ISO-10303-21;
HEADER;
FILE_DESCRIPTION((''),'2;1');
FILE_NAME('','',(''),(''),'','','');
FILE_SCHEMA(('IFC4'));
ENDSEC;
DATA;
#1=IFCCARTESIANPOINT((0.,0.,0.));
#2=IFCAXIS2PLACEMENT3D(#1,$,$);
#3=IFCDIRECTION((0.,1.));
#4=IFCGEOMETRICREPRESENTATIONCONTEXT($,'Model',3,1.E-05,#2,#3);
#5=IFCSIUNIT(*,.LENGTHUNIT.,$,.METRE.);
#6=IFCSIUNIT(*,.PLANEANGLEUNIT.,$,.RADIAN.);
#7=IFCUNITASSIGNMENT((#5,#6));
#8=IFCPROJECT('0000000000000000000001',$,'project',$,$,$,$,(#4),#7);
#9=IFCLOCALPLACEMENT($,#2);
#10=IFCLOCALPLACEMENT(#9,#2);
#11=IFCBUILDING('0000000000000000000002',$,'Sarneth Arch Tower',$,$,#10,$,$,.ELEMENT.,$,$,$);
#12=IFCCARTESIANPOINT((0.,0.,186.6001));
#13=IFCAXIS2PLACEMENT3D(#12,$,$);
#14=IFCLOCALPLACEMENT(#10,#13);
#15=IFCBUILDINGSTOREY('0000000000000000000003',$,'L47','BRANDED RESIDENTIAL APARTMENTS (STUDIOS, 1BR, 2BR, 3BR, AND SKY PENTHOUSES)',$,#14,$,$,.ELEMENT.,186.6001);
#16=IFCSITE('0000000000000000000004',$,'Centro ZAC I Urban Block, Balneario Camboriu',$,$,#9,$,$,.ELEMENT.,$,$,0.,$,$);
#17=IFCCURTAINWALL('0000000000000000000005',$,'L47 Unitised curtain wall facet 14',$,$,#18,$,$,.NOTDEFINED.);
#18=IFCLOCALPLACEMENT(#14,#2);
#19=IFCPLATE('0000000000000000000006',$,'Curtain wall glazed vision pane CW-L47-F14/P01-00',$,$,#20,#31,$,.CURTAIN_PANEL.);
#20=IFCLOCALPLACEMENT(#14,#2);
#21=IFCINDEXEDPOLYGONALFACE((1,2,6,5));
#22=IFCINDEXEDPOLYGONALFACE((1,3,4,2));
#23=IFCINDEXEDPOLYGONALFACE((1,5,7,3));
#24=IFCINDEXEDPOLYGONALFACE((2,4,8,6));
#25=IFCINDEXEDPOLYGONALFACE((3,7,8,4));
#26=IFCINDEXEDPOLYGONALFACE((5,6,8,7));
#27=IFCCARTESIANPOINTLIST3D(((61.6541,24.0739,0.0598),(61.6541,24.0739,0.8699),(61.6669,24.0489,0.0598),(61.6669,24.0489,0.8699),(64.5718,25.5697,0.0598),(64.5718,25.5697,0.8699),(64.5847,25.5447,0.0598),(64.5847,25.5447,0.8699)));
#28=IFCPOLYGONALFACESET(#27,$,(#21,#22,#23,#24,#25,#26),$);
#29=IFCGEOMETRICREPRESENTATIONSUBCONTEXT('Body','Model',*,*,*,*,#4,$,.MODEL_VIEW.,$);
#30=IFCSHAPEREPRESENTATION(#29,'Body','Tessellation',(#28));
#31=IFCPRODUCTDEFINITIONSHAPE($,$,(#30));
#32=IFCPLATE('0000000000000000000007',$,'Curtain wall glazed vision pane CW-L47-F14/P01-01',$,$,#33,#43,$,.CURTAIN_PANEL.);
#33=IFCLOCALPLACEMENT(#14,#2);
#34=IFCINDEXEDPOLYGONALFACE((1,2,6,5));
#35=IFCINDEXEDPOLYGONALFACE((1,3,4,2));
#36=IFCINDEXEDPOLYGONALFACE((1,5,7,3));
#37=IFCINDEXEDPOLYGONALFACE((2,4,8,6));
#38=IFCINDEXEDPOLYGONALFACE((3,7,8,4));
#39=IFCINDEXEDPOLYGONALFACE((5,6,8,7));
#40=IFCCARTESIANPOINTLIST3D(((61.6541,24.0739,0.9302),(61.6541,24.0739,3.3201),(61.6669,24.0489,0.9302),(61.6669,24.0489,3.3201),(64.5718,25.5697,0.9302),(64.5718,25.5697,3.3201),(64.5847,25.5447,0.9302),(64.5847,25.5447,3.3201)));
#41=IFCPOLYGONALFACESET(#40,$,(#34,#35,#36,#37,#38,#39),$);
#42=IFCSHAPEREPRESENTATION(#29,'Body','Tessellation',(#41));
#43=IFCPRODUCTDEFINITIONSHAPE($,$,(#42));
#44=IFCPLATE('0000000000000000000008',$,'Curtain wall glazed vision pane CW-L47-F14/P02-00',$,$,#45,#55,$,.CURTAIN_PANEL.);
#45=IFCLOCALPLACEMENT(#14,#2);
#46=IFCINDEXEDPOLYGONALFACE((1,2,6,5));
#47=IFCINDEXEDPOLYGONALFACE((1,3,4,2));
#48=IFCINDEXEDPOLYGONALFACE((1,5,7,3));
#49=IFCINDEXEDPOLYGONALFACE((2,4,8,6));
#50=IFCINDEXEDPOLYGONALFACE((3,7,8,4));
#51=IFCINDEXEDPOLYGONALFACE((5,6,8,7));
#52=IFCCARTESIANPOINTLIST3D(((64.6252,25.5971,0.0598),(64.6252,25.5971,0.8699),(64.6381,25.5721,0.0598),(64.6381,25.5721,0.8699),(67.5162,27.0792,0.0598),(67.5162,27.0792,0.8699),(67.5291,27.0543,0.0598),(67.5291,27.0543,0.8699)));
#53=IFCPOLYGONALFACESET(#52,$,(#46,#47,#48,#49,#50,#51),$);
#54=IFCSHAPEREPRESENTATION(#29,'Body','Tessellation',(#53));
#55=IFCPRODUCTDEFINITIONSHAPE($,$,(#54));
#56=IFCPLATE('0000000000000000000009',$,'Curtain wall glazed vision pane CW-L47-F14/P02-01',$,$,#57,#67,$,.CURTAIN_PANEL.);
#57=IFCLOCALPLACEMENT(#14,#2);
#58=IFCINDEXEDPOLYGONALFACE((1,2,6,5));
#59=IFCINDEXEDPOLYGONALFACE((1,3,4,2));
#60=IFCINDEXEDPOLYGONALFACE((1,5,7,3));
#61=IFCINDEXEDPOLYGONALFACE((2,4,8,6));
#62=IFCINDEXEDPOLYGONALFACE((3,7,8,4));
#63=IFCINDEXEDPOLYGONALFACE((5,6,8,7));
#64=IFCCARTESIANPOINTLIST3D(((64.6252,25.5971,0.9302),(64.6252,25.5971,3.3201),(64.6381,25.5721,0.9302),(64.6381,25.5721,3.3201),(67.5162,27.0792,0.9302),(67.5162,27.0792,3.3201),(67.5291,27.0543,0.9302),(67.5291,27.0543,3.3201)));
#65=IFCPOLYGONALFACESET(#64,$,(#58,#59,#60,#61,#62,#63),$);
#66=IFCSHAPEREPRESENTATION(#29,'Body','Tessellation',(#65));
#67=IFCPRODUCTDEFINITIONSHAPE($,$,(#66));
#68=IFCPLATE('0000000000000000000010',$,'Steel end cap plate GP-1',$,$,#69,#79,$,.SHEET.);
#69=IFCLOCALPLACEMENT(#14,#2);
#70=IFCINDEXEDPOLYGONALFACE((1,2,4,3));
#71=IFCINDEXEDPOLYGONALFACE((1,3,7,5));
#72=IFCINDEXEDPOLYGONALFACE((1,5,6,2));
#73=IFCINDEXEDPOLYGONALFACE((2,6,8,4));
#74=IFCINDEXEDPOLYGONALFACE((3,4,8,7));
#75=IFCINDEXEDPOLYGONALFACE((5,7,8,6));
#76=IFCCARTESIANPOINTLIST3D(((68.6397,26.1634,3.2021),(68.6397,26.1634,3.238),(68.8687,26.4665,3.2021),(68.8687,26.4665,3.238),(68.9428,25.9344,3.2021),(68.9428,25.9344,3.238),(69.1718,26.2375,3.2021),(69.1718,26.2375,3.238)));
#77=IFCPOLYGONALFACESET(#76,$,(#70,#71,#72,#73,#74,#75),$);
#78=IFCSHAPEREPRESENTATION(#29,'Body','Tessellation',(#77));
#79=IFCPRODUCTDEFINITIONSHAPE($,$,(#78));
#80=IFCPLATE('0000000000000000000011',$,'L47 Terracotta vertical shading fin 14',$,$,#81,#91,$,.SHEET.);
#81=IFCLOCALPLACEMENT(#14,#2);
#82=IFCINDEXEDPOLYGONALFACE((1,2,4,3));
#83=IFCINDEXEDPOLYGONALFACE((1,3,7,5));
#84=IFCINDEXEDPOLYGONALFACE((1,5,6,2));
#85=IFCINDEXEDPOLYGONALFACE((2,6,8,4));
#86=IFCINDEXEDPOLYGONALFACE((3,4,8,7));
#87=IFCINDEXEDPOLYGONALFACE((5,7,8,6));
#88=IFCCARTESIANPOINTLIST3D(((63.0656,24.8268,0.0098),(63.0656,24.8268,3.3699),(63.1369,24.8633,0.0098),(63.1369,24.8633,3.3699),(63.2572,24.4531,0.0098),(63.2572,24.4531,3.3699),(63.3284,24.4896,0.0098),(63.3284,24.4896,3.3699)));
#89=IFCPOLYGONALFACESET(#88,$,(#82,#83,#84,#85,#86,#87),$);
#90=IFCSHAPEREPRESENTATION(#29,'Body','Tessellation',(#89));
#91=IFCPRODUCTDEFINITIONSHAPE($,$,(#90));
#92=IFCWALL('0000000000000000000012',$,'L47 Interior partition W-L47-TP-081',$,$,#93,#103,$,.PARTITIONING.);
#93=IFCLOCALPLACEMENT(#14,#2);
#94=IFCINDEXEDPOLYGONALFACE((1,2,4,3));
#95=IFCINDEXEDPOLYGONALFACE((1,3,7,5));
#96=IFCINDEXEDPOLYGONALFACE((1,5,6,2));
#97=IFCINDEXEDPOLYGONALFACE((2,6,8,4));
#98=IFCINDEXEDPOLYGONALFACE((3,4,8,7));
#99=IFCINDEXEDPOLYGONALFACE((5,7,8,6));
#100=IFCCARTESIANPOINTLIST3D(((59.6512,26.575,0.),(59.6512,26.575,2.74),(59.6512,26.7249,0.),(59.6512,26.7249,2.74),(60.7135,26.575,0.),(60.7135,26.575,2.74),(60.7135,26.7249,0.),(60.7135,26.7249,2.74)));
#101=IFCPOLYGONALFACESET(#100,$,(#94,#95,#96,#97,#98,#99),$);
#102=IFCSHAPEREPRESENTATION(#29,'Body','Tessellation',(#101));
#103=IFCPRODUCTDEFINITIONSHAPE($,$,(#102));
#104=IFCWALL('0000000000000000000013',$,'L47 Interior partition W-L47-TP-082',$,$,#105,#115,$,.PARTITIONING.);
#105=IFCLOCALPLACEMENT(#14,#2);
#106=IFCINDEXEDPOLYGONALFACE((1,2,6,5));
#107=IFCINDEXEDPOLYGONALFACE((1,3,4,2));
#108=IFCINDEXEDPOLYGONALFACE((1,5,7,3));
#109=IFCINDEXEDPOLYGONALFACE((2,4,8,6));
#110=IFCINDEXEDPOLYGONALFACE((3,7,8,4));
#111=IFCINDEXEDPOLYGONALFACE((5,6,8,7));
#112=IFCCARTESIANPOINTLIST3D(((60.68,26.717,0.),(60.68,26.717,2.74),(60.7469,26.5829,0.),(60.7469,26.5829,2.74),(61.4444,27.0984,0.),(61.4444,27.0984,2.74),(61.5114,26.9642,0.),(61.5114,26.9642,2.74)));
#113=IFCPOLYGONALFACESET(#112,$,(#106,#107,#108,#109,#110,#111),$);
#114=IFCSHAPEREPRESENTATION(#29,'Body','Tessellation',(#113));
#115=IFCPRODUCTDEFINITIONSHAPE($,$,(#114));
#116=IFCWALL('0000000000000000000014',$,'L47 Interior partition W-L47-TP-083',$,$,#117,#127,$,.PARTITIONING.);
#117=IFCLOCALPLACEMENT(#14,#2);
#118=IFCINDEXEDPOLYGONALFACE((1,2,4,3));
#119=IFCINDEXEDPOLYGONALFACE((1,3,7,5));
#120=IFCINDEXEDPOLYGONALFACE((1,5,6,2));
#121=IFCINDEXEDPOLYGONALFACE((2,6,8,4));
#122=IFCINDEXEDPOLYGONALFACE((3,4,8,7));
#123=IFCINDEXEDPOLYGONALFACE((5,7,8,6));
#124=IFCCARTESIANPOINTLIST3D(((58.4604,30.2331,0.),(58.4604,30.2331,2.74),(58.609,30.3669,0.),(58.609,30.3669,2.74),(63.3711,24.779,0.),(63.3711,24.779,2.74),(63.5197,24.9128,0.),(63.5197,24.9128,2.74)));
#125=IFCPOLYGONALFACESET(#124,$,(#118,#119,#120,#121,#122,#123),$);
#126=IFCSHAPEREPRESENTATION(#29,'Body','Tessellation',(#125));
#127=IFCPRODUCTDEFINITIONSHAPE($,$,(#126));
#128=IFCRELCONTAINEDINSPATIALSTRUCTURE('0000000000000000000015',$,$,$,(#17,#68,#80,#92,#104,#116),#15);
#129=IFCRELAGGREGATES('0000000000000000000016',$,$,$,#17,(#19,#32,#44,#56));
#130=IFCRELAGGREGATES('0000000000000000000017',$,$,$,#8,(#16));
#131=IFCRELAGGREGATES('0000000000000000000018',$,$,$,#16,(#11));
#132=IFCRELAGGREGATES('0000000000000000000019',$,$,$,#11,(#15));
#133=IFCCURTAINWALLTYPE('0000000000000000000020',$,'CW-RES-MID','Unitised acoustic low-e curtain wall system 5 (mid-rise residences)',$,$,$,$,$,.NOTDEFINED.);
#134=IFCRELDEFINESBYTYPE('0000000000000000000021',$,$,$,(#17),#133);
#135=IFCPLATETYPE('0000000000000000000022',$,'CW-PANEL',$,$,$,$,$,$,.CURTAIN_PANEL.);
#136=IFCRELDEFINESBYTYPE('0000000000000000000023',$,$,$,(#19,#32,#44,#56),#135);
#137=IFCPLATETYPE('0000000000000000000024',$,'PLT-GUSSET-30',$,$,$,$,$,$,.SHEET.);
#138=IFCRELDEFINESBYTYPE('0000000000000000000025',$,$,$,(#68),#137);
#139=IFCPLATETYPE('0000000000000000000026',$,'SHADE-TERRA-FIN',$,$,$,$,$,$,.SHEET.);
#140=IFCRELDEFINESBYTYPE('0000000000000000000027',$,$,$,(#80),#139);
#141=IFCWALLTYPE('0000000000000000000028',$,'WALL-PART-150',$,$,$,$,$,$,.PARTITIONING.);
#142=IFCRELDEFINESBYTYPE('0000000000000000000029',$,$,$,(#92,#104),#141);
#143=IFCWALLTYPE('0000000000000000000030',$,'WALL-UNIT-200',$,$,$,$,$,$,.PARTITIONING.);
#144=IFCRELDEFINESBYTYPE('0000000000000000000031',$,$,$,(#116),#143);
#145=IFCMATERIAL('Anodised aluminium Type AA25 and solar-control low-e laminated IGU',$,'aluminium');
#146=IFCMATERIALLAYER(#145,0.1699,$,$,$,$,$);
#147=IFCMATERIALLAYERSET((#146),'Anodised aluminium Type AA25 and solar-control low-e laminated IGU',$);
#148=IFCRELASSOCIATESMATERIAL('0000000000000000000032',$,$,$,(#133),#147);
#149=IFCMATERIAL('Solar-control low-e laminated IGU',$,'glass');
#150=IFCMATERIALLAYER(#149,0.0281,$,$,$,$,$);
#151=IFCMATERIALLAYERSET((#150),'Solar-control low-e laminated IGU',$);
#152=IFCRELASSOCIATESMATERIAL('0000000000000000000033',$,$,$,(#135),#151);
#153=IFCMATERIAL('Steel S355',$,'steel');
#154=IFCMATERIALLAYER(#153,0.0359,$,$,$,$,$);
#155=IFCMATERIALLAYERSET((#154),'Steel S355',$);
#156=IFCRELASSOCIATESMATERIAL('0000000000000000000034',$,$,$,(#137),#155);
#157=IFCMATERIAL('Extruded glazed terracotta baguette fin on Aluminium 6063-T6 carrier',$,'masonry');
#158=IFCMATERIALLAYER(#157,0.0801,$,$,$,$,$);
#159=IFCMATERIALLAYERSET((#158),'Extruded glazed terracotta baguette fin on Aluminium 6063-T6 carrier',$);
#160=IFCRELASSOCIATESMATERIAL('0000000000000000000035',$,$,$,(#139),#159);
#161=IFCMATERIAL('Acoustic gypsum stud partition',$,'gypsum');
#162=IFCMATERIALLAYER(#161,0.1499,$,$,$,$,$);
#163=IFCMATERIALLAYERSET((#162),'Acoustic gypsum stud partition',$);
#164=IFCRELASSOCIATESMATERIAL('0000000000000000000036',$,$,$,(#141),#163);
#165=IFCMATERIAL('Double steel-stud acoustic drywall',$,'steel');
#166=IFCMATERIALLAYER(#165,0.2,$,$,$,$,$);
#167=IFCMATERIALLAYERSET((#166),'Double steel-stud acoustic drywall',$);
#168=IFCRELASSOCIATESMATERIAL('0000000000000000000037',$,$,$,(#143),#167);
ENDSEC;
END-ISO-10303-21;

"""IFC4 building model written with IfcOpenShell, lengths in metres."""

from ifc_helpers import new_model, si_unit, direction, frame, frame_2d, origin, origin_2d, place, context, subcontext, project, spatial, rectangle, extrude, material, layer, layer_set, type_object, element, aggregate, save


model = new_model("IFC4")

# Units and contexts
model_context = context("Model", 3, precision=1e-05, world=origin(), true_north=direction((0.0, 1.0)))
body_context = subcontext(model_context, "Body", "Model", "MODEL_VIEW")
ifc_project = project(units=[si_unit("LENGTHUNIT", "METRE"), si_unit("PLANEANGLEUNIT", "RADIAN")], contexts=[model_context])

# Site, building, storey
site_placement = place(None, origin())
site = spatial("IfcSite", under=ifc_project, at=site_placement, Name="Centro ZAC I Urban Block, Balneario Camboriu", CompositionType="ELEMENT", RefElevation=0.0)
building_placement = place(site_placement, origin())
building = spatial("IfcBuilding", under=site, at=building_placement, Name="Sarneth Arch Tower", CompositionType="ELEMENT")
storey_placement = place(building_placement, frame((0.0, 0.0, 186.6001)))
storey = spatial("IfcBuildingStorey", under=building, at=storey_placement, Name="L47", Description="BRANDED RESIDENTIAL APARTMENTS (STUDIOS, 1BR, 2BR, 3BR, AND SKY PENTHOUSES)", CompositionType="ELEMENT", Elevation=186.6001)

# Curtain wall, plates
ifc_material_1 = material(Name="Anodised aluminium Type AA25 and solar-control low-e laminated IGU", Category="aluminium")
ifc_layer_1 = layer(ifc_material_1, 0.1699)
ifc_layer_set_1 = layer_set([ifc_layer_1], Name="Anodised aluminium Type AA25 and solar-control low-e laminated IGU")
curtain_wall_type = type_object("IfcCurtainWallType", Name="CW-RES-MID", Description="Unitised acoustic low-e curtain wall system 5 (mid-rise residences)", PredefinedType="NOTDEFINED", material=ifc_layer_set_1)
curtain_wall_placement = place(storey_placement, origin())
curtain_wall = element("IfcCurtainWall", 1, at=curtain_wall_placement, inside=storey, type_object=curtain_wall_type, Name="L47 Unitised curtain wall facet 14", PredefinedType="NOTDEFINED")
ifc_material_2 = material(Name="Solar-control low-e laminated IGU", Category="glass")
ifc_layer_2 = layer(ifc_material_2, 0.0281)
ifc_layer_set_2 = layer_set([ifc_layer_2], Name="Solar-control low-e laminated IGU")
plate_type_1 = type_object("IfcPlateType", Name="CW-PANEL", PredefinedType="CURTAIN_PANEL", material=ifc_layer_set_2)
plate_1_placement = place(storey_placement, frame((63.1194, 24.8093, 0.0598), z_axis=(0.0, 0.0, 1.0), x_axis=(0.889873, 0.456208, 0.0)))
plate_1 = element("IfcPlate", 2, at=plate_1_placement, type_object=plate_type_1, Name="Curtain wall glazed vision pane CW-L47-F14/P01-00", PredefinedType="CURTAIN_PANEL", context=body_context, shape_type="SweptSolid", body=[
    extrude(rectangle(XDim=3.2788, YDim=0.0281, at=origin_2d()), origin(), (0.0, 0.0, 1.0), 0.8101),
])
plate_2_placement = place(storey_placement, frame((63.1194, 24.8093, 0.9302), z_axis=(0.0, 0.0, 1.0), x_axis=(0.889873, 0.456208, 0.0)))
plate_2 = element("IfcPlate", 3, at=plate_2_placement, type_object=plate_type_1, Name="Curtain wall glazed vision pane CW-L47-F14/P01-01", PredefinedType="CURTAIN_PANEL", context=body_context, shape_type="SweptSolid", body=[
    extrude(rectangle(XDim=3.2788, YDim=0.0281, at=origin_2d()), origin(), (0.0, 0.0, 1.0), 2.3899),
])
plate_3_placement = place(storey_placement, frame((66.0771, 26.3257, 0.0598), z_axis=(0.0, 0.0, 1.0), x_axis=(0.889873, 0.456208, 0.0)))
plate_3 = element("IfcPlate", 4, at=plate_3_placement, type_object=plate_type_1, Name="Curtain wall glazed vision pane CW-L47-F14/P02-00", PredefinedType="CURTAIN_PANEL", context=body_context, shape_type="SweptSolid", body=[
    extrude(rectangle(XDim=3.2488, YDim=0.0281, at=origin_2d()), origin(), (0.0, 0.0, 1.0), 0.8101),
])
plate_4_placement = place(storey_placement, frame((66.0771, 26.3257, 0.9302), z_axis=(0.0, 0.0, 1.0), x_axis=(0.889873, 0.456208, 0.0)))
plate_4 = element("IfcPlate", 5, at=plate_4_placement, type_object=plate_type_1, Name="Curtain wall glazed vision pane CW-L47-F14/P02-01", PredefinedType="CURTAIN_PANEL", context=body_context, shape_type="SweptSolid", body=[
    extrude(rectangle(XDim=3.2488, YDim=0.0281, at=origin_2d()), origin(), (0.0, 0.0, 1.0), 2.3899),
])
aggregate(curtain_wall, [plate_1, plate_2, plate_3, plate_4])

# Plates
ifc_material_3 = material(Name="Steel S355", Category="steel")
ifc_layer_3 = layer(ifc_material_3, 0.0359)
ifc_layer_set_3 = layer_set([ifc_layer_3], Name="Steel S355")
plate_type_2 = type_object("IfcPlateType", Name="PLT-GUSSET-30", PredefinedType="SHEET", material=ifc_layer_set_3)
plate_5_placement = place(storey_placement, frame((68.9058, 26.2004, 3.2021), z_axis=(0.0, 0.0, 1.0), x_axis=(0.797794, -0.60293, 0.0)))
element("IfcPlate", 6, at=plate_5_placement, inside=storey, type_object=plate_type_2, Name="Steel end cap plate GP-1", PredefinedType="SHEET", context=body_context, shape_type="SweptSolid", body=[
    extrude(rectangle(XDim=0.3799, YDim=0.3799, at=origin_2d()), origin(), (0.0, 0.0, 1.0), 0.0359),
])
ifc_material_4 = material(Name="Extruded glazed terracotta baguette fin on Aluminium 6063-T6 carrier", Category="masonry")
ifc_layer_4 = layer(ifc_material_4, 0.0801)
ifc_layer_set_4 = layer_set([ifc_layer_4], Name="Extruded glazed terracotta baguette fin on Aluminium 6063-T6 carrier")
plate_type_3 = type_object("IfcPlateType", Name="SHADE-TERRA-FIN", PredefinedType="SHEET", material=ifc_layer_set_4)
plate_6_placement = place(storey_placement, frame((63.197, 24.6582, 0.0098), z_axis=(0.0, 0.0, 1.0), x_axis=(0.456166, -0.889895, 0.0)))
element("IfcPlate", 7, at=plate_6_placement, inside=storey, type_object=plate_type_3, Name="L47 Terracotta vertical shading fin 14", PredefinedType="SHEET", context=body_context, shape_type="SweptSolid", body=[
    extrude(rectangle(XDim=0.4199, YDim=0.0801, at=origin_2d()), origin(), (0.0, 0.0, 1.0), 3.3601),
])

# Walls
ifc_material_5 = material(Name="Acoustic gypsum stud partition", Category="gypsum")
ifc_layer_5 = layer(ifc_material_5, 0.1499)
ifc_layer_set_5 = layer_set([ifc_layer_5], Name="Acoustic gypsum stud partition")
wall_type_1 = type_object("IfcWallType", Name="WALL-PART-150", PredefinedType="PARTITIONING", material=ifc_layer_set_5)
wall_1_placement = place(storey_placement, frame((59.6511, 26.6499, 0.0), z_axis=(0.0, 0.0, 1.0), x_axis=(1.0, 0.0, 0.0)))
element("IfcWall", 8, at=wall_1_placement, inside=storey, type_object=wall_type_1, Name="L47 Interior partition W-L47-TP-081", PredefinedType="PARTITIONING", context=body_context, shape_type="SweptSolid", body=[
    extrude(rectangle(XDim=1.0623, YDim=0.1499, at=frame_2d((0.5312, 0.0))), origin(), (0.0, 0.0, 1.0), 2.74),
])
wall_2_placement = place(storey_placement, frame((60.7134, 26.6499, 0.0), z_axis=(0.0, 0.0, 1.0), x_axis=(0.894827, 0.446413, 0.0)))
element("IfcWall", 9, at=wall_2_placement, inside=storey, type_object=wall_type_1, Name="L47 Interior partition W-L47-TP-082", PredefinedType="PARTITIONING", context=body_context, shape_type="SweptSolid", body=[
    extrude(rectangle(XDim=0.8542, YDim=0.1499, at=frame_2d((0.4272, 0.0))), origin(), (0.0, 0.0, 1.0), 2.74),
])
ifc_material_6 = material(Name="Double steel-stud acoustic drywall", Category="steel")
ifc_layer_6 = layer(ifc_material_6, 0.2)
ifc_layer_set_6 = layer_set([ifc_layer_6], Name="Double steel-stud acoustic drywall")
wall_type_2 = type_object("IfcWallType", Name="WALL-UNIT-200", PredefinedType="PARTITIONING", material=ifc_layer_set_6)
wall_3_placement = place(storey_placement, frame((63.4453, 24.8459, 0.0), z_axis=(0.0, 0.0, 1.0), x_axis=(-0.669112, 0.743162, 0.0)))
element("IfcWall", 10, at=wall_3_placement, inside=storey, type_object=wall_type_2, Name="L47 Interior partition W-L47-TP-083", PredefinedType="PARTITIONING", context=body_context, shape_type="SweptSolid", body=[
    extrude(rectangle(XDim=7.3391, YDim=0.2, at=frame_2d((3.6694, 0.0))), origin(), (0.0, 0.0, 1.0), 2.74),
])

save(model, "model.ifc")
